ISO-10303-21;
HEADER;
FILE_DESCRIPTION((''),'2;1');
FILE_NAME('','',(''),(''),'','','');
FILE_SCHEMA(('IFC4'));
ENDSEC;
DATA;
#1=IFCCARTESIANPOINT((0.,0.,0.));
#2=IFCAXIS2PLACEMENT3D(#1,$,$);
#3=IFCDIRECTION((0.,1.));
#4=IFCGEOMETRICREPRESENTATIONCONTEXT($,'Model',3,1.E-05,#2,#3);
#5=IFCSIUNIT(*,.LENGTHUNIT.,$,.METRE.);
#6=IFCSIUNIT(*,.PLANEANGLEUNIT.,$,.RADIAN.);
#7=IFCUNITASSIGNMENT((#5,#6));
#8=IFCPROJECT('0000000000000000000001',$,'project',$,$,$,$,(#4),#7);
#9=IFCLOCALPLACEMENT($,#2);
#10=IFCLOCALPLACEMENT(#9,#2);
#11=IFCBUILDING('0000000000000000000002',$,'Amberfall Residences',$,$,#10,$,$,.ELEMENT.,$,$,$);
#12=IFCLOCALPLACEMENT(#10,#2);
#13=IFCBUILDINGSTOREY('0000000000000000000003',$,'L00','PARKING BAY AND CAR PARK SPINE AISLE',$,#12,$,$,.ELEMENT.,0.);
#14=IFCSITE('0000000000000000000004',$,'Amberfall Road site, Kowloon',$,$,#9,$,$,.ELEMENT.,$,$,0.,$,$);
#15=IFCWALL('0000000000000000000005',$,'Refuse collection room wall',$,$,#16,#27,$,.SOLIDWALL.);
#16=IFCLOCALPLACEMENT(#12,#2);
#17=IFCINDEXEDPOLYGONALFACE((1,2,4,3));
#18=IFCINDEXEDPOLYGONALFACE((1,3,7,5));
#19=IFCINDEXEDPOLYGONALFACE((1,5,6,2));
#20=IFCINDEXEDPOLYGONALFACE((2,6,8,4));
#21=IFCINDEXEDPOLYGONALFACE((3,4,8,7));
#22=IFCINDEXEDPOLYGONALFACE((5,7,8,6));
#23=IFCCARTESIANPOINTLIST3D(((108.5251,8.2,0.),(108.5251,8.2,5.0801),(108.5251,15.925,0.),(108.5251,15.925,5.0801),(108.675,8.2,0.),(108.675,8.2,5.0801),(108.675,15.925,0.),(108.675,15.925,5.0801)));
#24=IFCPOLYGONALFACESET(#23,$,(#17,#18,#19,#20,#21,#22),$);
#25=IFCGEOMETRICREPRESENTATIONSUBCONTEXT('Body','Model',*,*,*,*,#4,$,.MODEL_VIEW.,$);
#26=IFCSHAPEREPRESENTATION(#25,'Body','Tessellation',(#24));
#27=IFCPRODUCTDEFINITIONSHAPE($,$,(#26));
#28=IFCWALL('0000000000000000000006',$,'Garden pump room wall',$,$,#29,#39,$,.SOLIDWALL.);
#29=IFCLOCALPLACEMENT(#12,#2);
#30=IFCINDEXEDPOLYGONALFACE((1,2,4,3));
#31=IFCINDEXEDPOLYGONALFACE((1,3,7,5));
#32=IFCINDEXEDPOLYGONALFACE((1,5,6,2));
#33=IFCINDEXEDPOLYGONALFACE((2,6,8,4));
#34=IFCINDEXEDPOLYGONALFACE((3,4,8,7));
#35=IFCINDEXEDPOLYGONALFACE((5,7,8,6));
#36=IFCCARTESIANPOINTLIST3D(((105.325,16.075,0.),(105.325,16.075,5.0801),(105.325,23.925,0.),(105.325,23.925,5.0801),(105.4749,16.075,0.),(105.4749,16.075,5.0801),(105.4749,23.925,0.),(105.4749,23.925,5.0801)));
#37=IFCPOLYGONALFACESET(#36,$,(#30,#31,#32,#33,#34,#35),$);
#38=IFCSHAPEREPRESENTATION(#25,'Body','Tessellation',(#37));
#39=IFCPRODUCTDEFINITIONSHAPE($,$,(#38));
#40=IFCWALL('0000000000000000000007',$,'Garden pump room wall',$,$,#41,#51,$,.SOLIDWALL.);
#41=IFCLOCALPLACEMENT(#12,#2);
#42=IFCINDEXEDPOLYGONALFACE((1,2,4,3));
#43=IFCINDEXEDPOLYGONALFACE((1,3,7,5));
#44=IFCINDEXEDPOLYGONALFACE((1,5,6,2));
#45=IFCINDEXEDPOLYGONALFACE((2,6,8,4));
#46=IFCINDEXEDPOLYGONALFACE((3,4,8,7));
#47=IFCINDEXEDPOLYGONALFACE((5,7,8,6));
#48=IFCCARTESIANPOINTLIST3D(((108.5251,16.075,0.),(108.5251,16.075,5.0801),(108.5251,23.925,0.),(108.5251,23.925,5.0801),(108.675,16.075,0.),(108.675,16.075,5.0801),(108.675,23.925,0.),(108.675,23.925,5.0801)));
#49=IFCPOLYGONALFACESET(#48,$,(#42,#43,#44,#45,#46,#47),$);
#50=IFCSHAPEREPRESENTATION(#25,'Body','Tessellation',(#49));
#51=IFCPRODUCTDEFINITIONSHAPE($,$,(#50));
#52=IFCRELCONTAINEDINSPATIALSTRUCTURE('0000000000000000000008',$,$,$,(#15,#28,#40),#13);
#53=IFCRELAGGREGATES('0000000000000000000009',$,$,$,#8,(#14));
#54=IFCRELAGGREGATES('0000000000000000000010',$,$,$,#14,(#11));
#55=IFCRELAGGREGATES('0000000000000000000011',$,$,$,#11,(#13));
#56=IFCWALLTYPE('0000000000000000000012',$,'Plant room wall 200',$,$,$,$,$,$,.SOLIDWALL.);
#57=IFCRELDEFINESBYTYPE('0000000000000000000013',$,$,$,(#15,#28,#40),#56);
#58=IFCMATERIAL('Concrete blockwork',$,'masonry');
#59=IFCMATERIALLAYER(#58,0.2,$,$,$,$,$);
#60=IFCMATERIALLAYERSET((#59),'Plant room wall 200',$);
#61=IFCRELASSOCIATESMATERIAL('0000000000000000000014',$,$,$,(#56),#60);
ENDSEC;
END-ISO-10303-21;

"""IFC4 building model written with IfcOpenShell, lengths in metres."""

from ifc_helpers import new_model, si_unit, direction, frame, frame_2d, origin, place, context, subcontext, project, spatial, rectangle, extrude, material, layer, layer_set, type_object, element, save


model = new_model("IFC4")

# Units and contexts
model_context = context("Model", 3, precision=1e-05, world=origin(), true_north=direction((0.0, 1.0)))
body_context = subcontext(model_context, "Body", "Model", "MODEL_VIEW")
ifc_project = project(units=[si_unit("LENGTHUNIT", "METRE"), si_unit("PLANEANGLEUNIT", "RADIAN")], contexts=[model_context])

# Site, building, storey
site_placement = place(None, origin())
site = spatial("IfcSite", under=ifc_project, at=site_placement, Name="Amberfall Road site, Kowloon", CompositionType="ELEMENT", RefElevation=0.0)
building_placement = place(site_placement, origin())
building = spatial("IfcBuilding", under=site, at=building_placement, Name="Amberfall Residences", CompositionType="ELEMENT")
storey_placement = place(building_placement, origin())
storey = spatial("IfcBuildingStorey", under=building, at=storey_placement, Name="L00", Description="PARKING BAY AND CAR PARK SPINE AISLE", CompositionType="ELEMENT", Elevation=0.0)

# Walls
ifc_material_1 = material(Name="Concrete blockwork", Category="masonry")
ifc_layer_1 = layer(ifc_material_1, 0.2)
ifc_layer_set_1 = layer_set([ifc_layer_1], Name="Plant room wall 200")
wall_type_1 = type_object("IfcWallType", Name="Plant room wall 200", PredefinedType="SOLIDWALL", material=ifc_layer_set_1)
for number, where, z_axis, x_axis, name in (
    (1, (108.6001, 8.2, 0.0), (0.0, 0.0, 1.0), (0.0, 1.0, 0.0), "Refuse collection room wall"),
):
    element("IfcWall", number, at=place(storey_placement, frame(where, z_axis=z_axis, x_axis=x_axis)), inside=storey, type_object=wall_type_1, Name=name, PredefinedType="SOLIDWALL", context=body_context, shape_type="SweptSolid", body=[
        extrude(rectangle(XDim=7.7251, YDim=0.1499, at=frame_2d((3.8625, 0.0))), origin(), (0.0, 0.0, 1.0), 5.0801),
    ])
for number, where, z_axis, x_axis, name in (
    (2, (105.3999, 16.075, 0.0), (0.0, 0.0, 1.0), (0.0, 1.0, 0.0), "Garden pump room wall"),
    (3, (108.6001, 16.075, 0.0), (0.0, 0.0, 1.0), (0.0, 1.0, 0.0), "Garden pump room wall"),
):
    element("IfcWall", number, at=place(storey_placement, frame(where, z_axis=z_axis, x_axis=x_axis)), inside=storey, type_object=wall_type_1, Name=name, PredefinedType="SOLIDWALL", context=body_context, shape_type="SweptSolid", body=[
        extrude(rectangle(XDim=7.8501, YDim=0.1499, at=frame_2d((3.925, 0.0))), origin(), (0.0, 0.0, 1.0), 5.0801),
    ])

save(model, "model.ifc")
